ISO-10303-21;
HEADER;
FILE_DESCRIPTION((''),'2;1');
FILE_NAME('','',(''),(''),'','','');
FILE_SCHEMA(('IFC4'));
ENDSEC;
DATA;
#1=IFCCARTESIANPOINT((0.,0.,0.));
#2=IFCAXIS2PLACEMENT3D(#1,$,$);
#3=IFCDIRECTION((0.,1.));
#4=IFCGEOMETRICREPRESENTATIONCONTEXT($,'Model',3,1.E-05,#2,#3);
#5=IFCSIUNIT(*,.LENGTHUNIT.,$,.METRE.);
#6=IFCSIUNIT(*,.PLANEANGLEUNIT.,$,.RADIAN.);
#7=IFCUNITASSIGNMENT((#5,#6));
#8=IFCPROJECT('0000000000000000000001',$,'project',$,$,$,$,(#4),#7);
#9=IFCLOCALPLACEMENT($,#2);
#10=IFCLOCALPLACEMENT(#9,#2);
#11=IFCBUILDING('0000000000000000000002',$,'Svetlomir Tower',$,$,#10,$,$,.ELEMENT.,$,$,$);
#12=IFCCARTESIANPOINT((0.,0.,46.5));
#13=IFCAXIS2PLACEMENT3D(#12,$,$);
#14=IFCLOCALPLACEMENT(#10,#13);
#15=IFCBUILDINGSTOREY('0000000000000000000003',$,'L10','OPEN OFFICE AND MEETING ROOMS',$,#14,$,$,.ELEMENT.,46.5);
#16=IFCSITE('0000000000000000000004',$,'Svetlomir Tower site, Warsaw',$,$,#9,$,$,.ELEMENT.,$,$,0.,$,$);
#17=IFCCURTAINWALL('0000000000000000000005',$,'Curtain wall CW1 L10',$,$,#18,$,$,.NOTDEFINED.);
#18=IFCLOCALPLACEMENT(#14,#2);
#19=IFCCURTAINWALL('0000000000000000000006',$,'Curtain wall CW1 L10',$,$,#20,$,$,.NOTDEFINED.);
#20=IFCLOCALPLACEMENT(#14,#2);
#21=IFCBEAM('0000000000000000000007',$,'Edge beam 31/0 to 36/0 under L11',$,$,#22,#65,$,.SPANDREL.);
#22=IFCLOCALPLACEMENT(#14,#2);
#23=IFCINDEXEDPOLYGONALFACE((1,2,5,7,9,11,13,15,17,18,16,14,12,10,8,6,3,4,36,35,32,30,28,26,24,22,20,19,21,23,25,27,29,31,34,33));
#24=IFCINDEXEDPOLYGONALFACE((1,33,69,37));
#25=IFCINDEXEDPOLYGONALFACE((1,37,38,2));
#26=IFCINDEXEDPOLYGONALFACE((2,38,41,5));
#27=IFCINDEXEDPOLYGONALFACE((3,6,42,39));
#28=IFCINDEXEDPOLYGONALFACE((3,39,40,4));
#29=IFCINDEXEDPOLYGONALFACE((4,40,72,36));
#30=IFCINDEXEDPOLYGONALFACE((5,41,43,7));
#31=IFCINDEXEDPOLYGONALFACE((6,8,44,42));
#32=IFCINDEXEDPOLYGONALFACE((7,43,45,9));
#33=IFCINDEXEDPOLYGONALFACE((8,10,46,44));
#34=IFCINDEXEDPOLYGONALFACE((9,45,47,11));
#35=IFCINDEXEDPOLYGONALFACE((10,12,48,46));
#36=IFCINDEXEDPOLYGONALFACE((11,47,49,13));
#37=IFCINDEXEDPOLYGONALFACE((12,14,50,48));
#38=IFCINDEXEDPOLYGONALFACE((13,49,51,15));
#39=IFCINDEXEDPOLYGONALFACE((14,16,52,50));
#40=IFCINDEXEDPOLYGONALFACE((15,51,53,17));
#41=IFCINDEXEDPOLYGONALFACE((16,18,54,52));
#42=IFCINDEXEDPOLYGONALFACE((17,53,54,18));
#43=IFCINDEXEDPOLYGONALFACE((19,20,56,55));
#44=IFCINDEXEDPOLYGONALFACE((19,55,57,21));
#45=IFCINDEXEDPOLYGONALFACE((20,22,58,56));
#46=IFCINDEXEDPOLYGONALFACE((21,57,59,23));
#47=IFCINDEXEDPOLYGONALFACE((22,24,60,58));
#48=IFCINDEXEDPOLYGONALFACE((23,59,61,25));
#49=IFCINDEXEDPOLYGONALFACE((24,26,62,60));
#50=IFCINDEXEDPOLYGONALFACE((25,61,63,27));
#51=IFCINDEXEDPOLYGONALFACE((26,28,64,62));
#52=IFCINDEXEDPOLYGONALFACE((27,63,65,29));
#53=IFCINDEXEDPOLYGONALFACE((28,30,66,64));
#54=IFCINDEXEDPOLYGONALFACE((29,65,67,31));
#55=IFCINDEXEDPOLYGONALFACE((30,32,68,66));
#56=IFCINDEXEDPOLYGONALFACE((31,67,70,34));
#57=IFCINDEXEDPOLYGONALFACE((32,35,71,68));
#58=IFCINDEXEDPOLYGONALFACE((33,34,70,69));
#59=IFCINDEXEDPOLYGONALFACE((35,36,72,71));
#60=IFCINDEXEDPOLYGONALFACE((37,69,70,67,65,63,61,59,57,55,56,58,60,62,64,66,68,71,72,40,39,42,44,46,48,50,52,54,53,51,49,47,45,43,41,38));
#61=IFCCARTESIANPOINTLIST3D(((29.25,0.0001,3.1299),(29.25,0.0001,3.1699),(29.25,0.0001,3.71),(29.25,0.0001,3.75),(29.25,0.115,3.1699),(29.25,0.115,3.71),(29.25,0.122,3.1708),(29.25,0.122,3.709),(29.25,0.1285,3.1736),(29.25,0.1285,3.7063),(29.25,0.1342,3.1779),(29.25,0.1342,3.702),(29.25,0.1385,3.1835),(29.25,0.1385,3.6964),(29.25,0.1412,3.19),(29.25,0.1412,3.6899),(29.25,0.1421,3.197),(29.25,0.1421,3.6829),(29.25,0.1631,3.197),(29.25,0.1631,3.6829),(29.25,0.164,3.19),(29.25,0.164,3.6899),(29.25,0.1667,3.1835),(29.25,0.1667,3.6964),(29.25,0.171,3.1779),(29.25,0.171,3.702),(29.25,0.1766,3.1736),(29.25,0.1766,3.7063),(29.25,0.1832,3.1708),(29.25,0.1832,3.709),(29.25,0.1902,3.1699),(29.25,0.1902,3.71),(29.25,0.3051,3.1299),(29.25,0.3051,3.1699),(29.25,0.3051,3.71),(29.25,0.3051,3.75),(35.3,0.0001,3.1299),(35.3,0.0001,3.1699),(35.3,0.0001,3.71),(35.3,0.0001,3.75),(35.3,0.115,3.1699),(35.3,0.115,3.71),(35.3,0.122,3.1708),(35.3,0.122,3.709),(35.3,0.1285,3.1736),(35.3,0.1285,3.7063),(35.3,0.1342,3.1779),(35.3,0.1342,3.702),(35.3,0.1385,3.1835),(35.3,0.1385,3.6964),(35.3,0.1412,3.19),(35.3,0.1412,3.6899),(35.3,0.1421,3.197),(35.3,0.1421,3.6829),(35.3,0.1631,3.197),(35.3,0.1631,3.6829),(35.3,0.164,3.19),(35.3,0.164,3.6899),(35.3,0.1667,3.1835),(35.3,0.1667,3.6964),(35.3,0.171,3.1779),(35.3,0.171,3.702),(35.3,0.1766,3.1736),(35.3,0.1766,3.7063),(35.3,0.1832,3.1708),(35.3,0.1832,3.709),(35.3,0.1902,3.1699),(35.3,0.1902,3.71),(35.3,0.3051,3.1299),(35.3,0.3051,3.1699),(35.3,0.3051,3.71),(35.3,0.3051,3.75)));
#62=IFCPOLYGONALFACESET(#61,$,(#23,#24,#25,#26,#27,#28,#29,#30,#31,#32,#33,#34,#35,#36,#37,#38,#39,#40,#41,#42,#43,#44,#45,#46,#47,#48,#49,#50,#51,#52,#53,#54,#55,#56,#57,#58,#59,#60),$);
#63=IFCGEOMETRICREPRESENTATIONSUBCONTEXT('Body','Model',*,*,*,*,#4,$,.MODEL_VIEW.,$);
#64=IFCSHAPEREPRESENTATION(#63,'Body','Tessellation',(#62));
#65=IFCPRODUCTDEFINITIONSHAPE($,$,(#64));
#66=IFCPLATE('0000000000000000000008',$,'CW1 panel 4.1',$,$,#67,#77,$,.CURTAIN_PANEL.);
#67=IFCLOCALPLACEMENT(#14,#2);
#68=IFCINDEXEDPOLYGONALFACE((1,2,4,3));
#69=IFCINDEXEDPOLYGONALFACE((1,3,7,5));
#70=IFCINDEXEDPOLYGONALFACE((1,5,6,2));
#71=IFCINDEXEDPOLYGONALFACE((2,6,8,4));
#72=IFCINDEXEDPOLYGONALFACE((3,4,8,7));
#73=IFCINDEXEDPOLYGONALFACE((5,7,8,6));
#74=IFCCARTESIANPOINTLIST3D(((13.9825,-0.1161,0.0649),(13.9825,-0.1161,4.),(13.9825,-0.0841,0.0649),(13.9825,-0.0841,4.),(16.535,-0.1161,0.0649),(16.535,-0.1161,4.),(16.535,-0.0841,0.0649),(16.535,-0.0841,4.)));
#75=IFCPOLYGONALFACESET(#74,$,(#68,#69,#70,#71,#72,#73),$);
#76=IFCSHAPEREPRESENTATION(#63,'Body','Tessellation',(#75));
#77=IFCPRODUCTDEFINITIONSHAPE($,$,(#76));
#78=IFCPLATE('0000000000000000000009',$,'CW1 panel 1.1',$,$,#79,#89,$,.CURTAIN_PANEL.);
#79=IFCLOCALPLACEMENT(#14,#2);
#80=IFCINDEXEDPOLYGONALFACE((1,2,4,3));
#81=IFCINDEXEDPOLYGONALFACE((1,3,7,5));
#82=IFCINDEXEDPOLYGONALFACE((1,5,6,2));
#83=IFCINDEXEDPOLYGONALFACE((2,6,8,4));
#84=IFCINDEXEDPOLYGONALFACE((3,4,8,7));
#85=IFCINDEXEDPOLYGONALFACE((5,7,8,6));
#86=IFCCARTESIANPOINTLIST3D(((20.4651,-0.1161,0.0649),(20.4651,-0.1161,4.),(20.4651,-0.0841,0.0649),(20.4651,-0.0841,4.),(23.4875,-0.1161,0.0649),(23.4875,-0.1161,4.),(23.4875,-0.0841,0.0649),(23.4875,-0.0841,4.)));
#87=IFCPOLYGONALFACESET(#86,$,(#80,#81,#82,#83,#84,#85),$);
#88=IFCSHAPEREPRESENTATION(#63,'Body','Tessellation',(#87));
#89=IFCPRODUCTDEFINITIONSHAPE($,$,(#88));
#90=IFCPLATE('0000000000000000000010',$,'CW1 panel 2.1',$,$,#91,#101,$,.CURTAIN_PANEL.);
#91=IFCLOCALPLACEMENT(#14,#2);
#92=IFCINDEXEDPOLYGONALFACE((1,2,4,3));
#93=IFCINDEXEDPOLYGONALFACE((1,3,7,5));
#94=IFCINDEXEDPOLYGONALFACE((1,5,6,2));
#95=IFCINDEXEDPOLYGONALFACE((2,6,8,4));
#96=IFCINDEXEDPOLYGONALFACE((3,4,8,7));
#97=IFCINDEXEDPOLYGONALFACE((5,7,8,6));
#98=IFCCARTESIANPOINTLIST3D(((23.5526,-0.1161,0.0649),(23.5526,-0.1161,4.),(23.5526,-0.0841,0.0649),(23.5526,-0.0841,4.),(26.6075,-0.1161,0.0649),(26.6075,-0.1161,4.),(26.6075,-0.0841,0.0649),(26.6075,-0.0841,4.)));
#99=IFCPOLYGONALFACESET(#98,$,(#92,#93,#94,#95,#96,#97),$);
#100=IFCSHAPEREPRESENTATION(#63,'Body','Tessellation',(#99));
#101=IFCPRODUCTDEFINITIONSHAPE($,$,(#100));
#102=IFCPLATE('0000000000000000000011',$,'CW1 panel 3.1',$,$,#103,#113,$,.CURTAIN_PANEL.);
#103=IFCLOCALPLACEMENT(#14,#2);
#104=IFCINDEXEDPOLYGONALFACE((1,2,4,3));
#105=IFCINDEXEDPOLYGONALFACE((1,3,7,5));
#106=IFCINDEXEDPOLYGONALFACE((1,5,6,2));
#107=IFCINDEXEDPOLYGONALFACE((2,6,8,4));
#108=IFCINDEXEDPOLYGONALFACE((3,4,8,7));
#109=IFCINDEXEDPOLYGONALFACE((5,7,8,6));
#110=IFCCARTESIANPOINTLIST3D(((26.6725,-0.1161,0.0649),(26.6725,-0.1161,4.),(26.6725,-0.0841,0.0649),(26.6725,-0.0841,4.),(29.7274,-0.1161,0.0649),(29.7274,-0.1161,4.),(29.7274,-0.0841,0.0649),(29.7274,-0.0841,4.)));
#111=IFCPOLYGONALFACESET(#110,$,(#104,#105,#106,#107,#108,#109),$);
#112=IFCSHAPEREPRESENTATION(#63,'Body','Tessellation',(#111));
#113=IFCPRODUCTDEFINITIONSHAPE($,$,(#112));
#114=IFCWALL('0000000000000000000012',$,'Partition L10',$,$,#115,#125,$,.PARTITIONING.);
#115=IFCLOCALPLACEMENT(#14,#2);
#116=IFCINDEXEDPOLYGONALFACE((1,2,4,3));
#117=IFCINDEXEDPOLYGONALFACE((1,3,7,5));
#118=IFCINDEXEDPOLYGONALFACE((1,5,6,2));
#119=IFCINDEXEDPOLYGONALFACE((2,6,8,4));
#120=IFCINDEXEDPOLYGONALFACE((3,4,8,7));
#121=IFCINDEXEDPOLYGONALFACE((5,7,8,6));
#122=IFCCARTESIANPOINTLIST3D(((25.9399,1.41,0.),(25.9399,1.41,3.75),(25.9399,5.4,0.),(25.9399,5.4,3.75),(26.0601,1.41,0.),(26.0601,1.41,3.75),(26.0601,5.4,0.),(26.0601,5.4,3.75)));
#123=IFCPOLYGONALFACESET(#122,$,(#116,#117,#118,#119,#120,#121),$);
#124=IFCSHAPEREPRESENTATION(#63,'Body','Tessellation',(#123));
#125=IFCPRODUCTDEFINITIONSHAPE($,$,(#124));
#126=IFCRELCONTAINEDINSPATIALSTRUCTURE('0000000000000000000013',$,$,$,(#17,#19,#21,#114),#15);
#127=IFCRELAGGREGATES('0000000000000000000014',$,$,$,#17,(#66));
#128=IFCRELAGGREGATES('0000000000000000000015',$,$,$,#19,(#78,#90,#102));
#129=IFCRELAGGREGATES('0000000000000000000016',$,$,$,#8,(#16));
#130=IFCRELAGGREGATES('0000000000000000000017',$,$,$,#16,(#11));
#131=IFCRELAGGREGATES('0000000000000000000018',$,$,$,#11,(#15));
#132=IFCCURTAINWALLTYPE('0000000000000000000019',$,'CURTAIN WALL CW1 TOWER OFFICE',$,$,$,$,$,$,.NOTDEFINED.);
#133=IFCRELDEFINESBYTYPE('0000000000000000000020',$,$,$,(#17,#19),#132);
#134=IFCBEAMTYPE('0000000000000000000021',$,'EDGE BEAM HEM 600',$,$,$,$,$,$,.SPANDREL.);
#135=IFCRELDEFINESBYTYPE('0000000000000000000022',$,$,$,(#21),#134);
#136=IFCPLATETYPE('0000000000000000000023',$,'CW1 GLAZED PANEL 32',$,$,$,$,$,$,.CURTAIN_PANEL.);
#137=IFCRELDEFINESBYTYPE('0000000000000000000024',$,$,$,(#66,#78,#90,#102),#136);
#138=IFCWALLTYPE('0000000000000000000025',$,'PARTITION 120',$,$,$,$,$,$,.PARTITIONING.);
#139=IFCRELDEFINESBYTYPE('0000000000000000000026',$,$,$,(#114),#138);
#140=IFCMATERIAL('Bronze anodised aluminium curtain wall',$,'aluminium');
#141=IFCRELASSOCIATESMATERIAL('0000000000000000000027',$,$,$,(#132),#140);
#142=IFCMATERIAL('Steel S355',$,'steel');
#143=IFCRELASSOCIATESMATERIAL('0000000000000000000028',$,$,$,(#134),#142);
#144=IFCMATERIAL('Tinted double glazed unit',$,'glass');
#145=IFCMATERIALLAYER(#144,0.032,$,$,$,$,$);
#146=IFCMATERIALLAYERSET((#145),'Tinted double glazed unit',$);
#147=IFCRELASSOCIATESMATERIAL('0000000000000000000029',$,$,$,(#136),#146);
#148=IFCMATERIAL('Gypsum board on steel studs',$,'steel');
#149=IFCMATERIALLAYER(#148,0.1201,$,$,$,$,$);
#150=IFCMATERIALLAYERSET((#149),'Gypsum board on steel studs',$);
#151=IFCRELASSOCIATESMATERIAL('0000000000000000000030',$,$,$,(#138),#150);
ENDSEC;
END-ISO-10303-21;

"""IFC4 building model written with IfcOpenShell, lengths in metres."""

from ifc_helpers import new_model, si_unit, direction, frame, frame_2d, origin, origin_2d, place, context, subcontext, project, spatial, rectangle, i_section, extrude, material, layer, layer_set, material_profile, profile_set, type_object, element, aggregate, save


model = new_model("IFC4")

# Units and contexts
model_context = context("Model", 3, precision=1e-05, world=origin(), true_north=direction((0.0, 1.0)))
body_context = subcontext(model_context, "Body", "Model", "MODEL_VIEW")
ifc_project = project(units=[si_unit("LENGTHUNIT", "METRE"), si_unit("PLANEANGLEUNIT", "RADIAN")], contexts=[model_context])

# Site, building, storey
site_placement = place(None, origin())
site = spatial("IfcSite", under=ifc_project, at=site_placement, Name="Svetlomir Tower site, Warsaw", CompositionType="ELEMENT", RefElevation=0.0)
building_placement = place(site_placement, origin())
building = spatial("IfcBuilding", under=site, at=building_placement, Name="Svetlomir Tower", CompositionType="ELEMENT")
storey_placement = place(building_placement, frame((0.0, 0.0, 46.5)))
storey = spatial("IfcBuildingStorey", under=building, at=storey_placement, Name="L10", Description="OPEN OFFICE AND MEETING ROOMS", CompositionType="ELEMENT", Elevation=46.5)

# Curtain walls
ifc_material_1 = material(Name="Bronze anodised aluminium curtain wall", Category="aluminium")
curtain_wall_type = type_object("IfcCurtainWallType", Name="CURTAIN WALL CW1 TOWER OFFICE", PredefinedType="NOTDEFINED", material=ifc_material_1)
curtain_wall_1_placement = place(storey_placement, origin())
curtain_wall_1 = element("IfcCurtainWall", 1, at=curtain_wall_1_placement, inside=storey, type_object=curtain_wall_type, Name="Curtain wall CW1 L10", PredefinedType="NOTDEFINED")
curtain_wall_2_placement = place(storey_placement, origin())
curtain_wall_2 = element("IfcCurtainWall", 2, at=curtain_wall_2_placement, inside=storey, type_object=curtain_wall_type, Name="Curtain wall CW1 L10", PredefinedType="NOTDEFINED")

# Beam
ifc_material_2 = material(Name="Steel S355", Category="steel")
ifc_material_profile_1 = material_profile(ifc_material_2, i_section(OverallWidth=0.3049, OverallDepth=0.6201, WebThickness=0.021, FlangeThickness=0.04, FilletRadius=0.0271, at=origin_2d()), Name="HEM 600")
ifc_profile_set_1 = profile_set([ifc_material_profile_1], Name="Steel S355")
beam_type_1 = type_object("IfcBeamType", Name="EDGE BEAM HEM 600", PredefinedType="SPANDREL", material=ifc_profile_set_1)
beam_1_placement = place(storey_placement, frame((29.25, 0.1526, 3.4399), z_axis=(1.0, 0.0, 0.0), x_axis=(0.0, 1.0, 0.0)))
element("IfcBeam", 3, at=beam_1_placement, inside=storey, type_object=beam_type_1, Name="Edge beam 31/0 to 36/0 under L11", PredefinedType="SPANDREL", context=body_context, shape_type="SweptSolid", body=[
    extrude(i_section(OverallWidth=0.3049, OverallDepth=0.6201, WebThickness=0.021, FlangeThickness=0.04, FilletRadius=0.0271, at=origin_2d()), origin(), (0.0, 0.0, 1.0), 6.05),
])

# Plates
ifc_material_3 = material(Name="Tinted double glazed unit", Category="glass")
ifc_layer_1 = layer(ifc_material_3, 0.032)
ifc_layer_set_1 = layer_set([ifc_layer_1], Name="Tinted double glazed unit")
plate_type = type_object("IfcPlateType", Name="CW1 GLAZED PANEL 32", PredefinedType="CURTAIN_PANEL", material=ifc_layer_set_1)
plate_1_placement = place(storey_placement, frame((15.2588, -0.1001, 0.0649), z_axis=(0.0, 0.0, 1.0), x_axis=(1.0, 0.0, 0.0)))
plate_1 = element("IfcPlate", 4, at=plate_1_placement, type_object=plate_type, Name="CW1 panel 4.1", PredefinedType="CURTAIN_PANEL", context=body_context, shape_type="SweptSolid", body=[
    extrude(rectangle(XDim=2.5525, YDim=0.032, at=origin_2d()), origin(), (0.0, 0.0, 1.0), 3.9351),
])
aggregate(curtain_wall_1, [plate_1])
plate_2_placement = place(storey_placement, frame((21.9763, -0.1001, 0.0649), z_axis=(0.0, 0.0, 1.0), x_axis=(1.0, 0.0, 0.0)))
plate_2 = element("IfcPlate", 5, at=plate_2_placement, type_object=plate_type, Name="CW1 panel 1.1", PredefinedType="CURTAIN_PANEL", context=body_context, shape_type="SweptSolid", body=[
    extrude(rectangle(XDim=3.0225, YDim=0.032, at=origin_2d()), origin(), (0.0, 0.0, 1.0), 3.9351),
])
plate_3_placement = place(storey_placement, frame((25.0801, -0.1001, 0.0649), z_axis=(0.0, 0.0, 1.0), x_axis=(1.0, 0.0, 0.0)))
plate_3 = element("IfcPlate", 6, at=plate_3_placement, type_object=plate_type, Name="CW1 panel 2.1", PredefinedType="CURTAIN_PANEL", context=body_context, shape_type="SweptSolid", body=[
    extrude(rectangle(XDim=3.0549, YDim=0.032, at=origin_2d()), origin(), (0.0, 0.0, 1.0), 3.9351),
])
plate_4_placement = place(storey_placement, frame((28.2, -0.1001, 0.0649), z_axis=(0.0, 0.0, 1.0), x_axis=(1.0, 0.0, 0.0)))
plate_4 = element("IfcPlate", 7, at=plate_4_placement, type_object=plate_type, Name="CW1 panel 3.1", PredefinedType="CURTAIN_PANEL", context=body_context, shape_type="SweptSolid", body=[
    extrude(rectangle(XDim=3.0549, YDim=0.032, at=origin_2d()), origin(), (0.0, 0.0, 1.0), 3.9351),
])
aggregate(curtain_wall_2, [plate_2, plate_3, plate_4])

# Wall
ifc_material_4 = material(Name="Gypsum board on steel studs", Category="steel")
ifc_layer_2 = layer(ifc_material_4, 0.1201)
ifc_layer_set_2 = layer_set([ifc_layer_2], Name="Gypsum board on steel studs")
wall_type_1 = type_object("IfcWallType", Name="PARTITION 120", PredefinedType="PARTITIONING", material=ifc_layer_set_2)
wall_1_placement = place(storey_placement, frame((26.0, 1.4099, 0.0), z_axis=(0.0, 0.0, 1.0), x_axis=(0.0, 1.0, 0.0)))
element("IfcWall", 8, at=wall_1_placement, inside=storey, type_object=wall_type_1, Name="Partition L10", PredefinedType="PARTITIONING", context=body_context, shape_type="SweptSolid", body=[
    extrude(rectangle(XDim=3.99, YDim=0.1201, at=frame_2d((1.9951, 0.0))), origin(), (0.0, 0.0, 1.0), 3.75),
])

save(model, "model.ifc")
